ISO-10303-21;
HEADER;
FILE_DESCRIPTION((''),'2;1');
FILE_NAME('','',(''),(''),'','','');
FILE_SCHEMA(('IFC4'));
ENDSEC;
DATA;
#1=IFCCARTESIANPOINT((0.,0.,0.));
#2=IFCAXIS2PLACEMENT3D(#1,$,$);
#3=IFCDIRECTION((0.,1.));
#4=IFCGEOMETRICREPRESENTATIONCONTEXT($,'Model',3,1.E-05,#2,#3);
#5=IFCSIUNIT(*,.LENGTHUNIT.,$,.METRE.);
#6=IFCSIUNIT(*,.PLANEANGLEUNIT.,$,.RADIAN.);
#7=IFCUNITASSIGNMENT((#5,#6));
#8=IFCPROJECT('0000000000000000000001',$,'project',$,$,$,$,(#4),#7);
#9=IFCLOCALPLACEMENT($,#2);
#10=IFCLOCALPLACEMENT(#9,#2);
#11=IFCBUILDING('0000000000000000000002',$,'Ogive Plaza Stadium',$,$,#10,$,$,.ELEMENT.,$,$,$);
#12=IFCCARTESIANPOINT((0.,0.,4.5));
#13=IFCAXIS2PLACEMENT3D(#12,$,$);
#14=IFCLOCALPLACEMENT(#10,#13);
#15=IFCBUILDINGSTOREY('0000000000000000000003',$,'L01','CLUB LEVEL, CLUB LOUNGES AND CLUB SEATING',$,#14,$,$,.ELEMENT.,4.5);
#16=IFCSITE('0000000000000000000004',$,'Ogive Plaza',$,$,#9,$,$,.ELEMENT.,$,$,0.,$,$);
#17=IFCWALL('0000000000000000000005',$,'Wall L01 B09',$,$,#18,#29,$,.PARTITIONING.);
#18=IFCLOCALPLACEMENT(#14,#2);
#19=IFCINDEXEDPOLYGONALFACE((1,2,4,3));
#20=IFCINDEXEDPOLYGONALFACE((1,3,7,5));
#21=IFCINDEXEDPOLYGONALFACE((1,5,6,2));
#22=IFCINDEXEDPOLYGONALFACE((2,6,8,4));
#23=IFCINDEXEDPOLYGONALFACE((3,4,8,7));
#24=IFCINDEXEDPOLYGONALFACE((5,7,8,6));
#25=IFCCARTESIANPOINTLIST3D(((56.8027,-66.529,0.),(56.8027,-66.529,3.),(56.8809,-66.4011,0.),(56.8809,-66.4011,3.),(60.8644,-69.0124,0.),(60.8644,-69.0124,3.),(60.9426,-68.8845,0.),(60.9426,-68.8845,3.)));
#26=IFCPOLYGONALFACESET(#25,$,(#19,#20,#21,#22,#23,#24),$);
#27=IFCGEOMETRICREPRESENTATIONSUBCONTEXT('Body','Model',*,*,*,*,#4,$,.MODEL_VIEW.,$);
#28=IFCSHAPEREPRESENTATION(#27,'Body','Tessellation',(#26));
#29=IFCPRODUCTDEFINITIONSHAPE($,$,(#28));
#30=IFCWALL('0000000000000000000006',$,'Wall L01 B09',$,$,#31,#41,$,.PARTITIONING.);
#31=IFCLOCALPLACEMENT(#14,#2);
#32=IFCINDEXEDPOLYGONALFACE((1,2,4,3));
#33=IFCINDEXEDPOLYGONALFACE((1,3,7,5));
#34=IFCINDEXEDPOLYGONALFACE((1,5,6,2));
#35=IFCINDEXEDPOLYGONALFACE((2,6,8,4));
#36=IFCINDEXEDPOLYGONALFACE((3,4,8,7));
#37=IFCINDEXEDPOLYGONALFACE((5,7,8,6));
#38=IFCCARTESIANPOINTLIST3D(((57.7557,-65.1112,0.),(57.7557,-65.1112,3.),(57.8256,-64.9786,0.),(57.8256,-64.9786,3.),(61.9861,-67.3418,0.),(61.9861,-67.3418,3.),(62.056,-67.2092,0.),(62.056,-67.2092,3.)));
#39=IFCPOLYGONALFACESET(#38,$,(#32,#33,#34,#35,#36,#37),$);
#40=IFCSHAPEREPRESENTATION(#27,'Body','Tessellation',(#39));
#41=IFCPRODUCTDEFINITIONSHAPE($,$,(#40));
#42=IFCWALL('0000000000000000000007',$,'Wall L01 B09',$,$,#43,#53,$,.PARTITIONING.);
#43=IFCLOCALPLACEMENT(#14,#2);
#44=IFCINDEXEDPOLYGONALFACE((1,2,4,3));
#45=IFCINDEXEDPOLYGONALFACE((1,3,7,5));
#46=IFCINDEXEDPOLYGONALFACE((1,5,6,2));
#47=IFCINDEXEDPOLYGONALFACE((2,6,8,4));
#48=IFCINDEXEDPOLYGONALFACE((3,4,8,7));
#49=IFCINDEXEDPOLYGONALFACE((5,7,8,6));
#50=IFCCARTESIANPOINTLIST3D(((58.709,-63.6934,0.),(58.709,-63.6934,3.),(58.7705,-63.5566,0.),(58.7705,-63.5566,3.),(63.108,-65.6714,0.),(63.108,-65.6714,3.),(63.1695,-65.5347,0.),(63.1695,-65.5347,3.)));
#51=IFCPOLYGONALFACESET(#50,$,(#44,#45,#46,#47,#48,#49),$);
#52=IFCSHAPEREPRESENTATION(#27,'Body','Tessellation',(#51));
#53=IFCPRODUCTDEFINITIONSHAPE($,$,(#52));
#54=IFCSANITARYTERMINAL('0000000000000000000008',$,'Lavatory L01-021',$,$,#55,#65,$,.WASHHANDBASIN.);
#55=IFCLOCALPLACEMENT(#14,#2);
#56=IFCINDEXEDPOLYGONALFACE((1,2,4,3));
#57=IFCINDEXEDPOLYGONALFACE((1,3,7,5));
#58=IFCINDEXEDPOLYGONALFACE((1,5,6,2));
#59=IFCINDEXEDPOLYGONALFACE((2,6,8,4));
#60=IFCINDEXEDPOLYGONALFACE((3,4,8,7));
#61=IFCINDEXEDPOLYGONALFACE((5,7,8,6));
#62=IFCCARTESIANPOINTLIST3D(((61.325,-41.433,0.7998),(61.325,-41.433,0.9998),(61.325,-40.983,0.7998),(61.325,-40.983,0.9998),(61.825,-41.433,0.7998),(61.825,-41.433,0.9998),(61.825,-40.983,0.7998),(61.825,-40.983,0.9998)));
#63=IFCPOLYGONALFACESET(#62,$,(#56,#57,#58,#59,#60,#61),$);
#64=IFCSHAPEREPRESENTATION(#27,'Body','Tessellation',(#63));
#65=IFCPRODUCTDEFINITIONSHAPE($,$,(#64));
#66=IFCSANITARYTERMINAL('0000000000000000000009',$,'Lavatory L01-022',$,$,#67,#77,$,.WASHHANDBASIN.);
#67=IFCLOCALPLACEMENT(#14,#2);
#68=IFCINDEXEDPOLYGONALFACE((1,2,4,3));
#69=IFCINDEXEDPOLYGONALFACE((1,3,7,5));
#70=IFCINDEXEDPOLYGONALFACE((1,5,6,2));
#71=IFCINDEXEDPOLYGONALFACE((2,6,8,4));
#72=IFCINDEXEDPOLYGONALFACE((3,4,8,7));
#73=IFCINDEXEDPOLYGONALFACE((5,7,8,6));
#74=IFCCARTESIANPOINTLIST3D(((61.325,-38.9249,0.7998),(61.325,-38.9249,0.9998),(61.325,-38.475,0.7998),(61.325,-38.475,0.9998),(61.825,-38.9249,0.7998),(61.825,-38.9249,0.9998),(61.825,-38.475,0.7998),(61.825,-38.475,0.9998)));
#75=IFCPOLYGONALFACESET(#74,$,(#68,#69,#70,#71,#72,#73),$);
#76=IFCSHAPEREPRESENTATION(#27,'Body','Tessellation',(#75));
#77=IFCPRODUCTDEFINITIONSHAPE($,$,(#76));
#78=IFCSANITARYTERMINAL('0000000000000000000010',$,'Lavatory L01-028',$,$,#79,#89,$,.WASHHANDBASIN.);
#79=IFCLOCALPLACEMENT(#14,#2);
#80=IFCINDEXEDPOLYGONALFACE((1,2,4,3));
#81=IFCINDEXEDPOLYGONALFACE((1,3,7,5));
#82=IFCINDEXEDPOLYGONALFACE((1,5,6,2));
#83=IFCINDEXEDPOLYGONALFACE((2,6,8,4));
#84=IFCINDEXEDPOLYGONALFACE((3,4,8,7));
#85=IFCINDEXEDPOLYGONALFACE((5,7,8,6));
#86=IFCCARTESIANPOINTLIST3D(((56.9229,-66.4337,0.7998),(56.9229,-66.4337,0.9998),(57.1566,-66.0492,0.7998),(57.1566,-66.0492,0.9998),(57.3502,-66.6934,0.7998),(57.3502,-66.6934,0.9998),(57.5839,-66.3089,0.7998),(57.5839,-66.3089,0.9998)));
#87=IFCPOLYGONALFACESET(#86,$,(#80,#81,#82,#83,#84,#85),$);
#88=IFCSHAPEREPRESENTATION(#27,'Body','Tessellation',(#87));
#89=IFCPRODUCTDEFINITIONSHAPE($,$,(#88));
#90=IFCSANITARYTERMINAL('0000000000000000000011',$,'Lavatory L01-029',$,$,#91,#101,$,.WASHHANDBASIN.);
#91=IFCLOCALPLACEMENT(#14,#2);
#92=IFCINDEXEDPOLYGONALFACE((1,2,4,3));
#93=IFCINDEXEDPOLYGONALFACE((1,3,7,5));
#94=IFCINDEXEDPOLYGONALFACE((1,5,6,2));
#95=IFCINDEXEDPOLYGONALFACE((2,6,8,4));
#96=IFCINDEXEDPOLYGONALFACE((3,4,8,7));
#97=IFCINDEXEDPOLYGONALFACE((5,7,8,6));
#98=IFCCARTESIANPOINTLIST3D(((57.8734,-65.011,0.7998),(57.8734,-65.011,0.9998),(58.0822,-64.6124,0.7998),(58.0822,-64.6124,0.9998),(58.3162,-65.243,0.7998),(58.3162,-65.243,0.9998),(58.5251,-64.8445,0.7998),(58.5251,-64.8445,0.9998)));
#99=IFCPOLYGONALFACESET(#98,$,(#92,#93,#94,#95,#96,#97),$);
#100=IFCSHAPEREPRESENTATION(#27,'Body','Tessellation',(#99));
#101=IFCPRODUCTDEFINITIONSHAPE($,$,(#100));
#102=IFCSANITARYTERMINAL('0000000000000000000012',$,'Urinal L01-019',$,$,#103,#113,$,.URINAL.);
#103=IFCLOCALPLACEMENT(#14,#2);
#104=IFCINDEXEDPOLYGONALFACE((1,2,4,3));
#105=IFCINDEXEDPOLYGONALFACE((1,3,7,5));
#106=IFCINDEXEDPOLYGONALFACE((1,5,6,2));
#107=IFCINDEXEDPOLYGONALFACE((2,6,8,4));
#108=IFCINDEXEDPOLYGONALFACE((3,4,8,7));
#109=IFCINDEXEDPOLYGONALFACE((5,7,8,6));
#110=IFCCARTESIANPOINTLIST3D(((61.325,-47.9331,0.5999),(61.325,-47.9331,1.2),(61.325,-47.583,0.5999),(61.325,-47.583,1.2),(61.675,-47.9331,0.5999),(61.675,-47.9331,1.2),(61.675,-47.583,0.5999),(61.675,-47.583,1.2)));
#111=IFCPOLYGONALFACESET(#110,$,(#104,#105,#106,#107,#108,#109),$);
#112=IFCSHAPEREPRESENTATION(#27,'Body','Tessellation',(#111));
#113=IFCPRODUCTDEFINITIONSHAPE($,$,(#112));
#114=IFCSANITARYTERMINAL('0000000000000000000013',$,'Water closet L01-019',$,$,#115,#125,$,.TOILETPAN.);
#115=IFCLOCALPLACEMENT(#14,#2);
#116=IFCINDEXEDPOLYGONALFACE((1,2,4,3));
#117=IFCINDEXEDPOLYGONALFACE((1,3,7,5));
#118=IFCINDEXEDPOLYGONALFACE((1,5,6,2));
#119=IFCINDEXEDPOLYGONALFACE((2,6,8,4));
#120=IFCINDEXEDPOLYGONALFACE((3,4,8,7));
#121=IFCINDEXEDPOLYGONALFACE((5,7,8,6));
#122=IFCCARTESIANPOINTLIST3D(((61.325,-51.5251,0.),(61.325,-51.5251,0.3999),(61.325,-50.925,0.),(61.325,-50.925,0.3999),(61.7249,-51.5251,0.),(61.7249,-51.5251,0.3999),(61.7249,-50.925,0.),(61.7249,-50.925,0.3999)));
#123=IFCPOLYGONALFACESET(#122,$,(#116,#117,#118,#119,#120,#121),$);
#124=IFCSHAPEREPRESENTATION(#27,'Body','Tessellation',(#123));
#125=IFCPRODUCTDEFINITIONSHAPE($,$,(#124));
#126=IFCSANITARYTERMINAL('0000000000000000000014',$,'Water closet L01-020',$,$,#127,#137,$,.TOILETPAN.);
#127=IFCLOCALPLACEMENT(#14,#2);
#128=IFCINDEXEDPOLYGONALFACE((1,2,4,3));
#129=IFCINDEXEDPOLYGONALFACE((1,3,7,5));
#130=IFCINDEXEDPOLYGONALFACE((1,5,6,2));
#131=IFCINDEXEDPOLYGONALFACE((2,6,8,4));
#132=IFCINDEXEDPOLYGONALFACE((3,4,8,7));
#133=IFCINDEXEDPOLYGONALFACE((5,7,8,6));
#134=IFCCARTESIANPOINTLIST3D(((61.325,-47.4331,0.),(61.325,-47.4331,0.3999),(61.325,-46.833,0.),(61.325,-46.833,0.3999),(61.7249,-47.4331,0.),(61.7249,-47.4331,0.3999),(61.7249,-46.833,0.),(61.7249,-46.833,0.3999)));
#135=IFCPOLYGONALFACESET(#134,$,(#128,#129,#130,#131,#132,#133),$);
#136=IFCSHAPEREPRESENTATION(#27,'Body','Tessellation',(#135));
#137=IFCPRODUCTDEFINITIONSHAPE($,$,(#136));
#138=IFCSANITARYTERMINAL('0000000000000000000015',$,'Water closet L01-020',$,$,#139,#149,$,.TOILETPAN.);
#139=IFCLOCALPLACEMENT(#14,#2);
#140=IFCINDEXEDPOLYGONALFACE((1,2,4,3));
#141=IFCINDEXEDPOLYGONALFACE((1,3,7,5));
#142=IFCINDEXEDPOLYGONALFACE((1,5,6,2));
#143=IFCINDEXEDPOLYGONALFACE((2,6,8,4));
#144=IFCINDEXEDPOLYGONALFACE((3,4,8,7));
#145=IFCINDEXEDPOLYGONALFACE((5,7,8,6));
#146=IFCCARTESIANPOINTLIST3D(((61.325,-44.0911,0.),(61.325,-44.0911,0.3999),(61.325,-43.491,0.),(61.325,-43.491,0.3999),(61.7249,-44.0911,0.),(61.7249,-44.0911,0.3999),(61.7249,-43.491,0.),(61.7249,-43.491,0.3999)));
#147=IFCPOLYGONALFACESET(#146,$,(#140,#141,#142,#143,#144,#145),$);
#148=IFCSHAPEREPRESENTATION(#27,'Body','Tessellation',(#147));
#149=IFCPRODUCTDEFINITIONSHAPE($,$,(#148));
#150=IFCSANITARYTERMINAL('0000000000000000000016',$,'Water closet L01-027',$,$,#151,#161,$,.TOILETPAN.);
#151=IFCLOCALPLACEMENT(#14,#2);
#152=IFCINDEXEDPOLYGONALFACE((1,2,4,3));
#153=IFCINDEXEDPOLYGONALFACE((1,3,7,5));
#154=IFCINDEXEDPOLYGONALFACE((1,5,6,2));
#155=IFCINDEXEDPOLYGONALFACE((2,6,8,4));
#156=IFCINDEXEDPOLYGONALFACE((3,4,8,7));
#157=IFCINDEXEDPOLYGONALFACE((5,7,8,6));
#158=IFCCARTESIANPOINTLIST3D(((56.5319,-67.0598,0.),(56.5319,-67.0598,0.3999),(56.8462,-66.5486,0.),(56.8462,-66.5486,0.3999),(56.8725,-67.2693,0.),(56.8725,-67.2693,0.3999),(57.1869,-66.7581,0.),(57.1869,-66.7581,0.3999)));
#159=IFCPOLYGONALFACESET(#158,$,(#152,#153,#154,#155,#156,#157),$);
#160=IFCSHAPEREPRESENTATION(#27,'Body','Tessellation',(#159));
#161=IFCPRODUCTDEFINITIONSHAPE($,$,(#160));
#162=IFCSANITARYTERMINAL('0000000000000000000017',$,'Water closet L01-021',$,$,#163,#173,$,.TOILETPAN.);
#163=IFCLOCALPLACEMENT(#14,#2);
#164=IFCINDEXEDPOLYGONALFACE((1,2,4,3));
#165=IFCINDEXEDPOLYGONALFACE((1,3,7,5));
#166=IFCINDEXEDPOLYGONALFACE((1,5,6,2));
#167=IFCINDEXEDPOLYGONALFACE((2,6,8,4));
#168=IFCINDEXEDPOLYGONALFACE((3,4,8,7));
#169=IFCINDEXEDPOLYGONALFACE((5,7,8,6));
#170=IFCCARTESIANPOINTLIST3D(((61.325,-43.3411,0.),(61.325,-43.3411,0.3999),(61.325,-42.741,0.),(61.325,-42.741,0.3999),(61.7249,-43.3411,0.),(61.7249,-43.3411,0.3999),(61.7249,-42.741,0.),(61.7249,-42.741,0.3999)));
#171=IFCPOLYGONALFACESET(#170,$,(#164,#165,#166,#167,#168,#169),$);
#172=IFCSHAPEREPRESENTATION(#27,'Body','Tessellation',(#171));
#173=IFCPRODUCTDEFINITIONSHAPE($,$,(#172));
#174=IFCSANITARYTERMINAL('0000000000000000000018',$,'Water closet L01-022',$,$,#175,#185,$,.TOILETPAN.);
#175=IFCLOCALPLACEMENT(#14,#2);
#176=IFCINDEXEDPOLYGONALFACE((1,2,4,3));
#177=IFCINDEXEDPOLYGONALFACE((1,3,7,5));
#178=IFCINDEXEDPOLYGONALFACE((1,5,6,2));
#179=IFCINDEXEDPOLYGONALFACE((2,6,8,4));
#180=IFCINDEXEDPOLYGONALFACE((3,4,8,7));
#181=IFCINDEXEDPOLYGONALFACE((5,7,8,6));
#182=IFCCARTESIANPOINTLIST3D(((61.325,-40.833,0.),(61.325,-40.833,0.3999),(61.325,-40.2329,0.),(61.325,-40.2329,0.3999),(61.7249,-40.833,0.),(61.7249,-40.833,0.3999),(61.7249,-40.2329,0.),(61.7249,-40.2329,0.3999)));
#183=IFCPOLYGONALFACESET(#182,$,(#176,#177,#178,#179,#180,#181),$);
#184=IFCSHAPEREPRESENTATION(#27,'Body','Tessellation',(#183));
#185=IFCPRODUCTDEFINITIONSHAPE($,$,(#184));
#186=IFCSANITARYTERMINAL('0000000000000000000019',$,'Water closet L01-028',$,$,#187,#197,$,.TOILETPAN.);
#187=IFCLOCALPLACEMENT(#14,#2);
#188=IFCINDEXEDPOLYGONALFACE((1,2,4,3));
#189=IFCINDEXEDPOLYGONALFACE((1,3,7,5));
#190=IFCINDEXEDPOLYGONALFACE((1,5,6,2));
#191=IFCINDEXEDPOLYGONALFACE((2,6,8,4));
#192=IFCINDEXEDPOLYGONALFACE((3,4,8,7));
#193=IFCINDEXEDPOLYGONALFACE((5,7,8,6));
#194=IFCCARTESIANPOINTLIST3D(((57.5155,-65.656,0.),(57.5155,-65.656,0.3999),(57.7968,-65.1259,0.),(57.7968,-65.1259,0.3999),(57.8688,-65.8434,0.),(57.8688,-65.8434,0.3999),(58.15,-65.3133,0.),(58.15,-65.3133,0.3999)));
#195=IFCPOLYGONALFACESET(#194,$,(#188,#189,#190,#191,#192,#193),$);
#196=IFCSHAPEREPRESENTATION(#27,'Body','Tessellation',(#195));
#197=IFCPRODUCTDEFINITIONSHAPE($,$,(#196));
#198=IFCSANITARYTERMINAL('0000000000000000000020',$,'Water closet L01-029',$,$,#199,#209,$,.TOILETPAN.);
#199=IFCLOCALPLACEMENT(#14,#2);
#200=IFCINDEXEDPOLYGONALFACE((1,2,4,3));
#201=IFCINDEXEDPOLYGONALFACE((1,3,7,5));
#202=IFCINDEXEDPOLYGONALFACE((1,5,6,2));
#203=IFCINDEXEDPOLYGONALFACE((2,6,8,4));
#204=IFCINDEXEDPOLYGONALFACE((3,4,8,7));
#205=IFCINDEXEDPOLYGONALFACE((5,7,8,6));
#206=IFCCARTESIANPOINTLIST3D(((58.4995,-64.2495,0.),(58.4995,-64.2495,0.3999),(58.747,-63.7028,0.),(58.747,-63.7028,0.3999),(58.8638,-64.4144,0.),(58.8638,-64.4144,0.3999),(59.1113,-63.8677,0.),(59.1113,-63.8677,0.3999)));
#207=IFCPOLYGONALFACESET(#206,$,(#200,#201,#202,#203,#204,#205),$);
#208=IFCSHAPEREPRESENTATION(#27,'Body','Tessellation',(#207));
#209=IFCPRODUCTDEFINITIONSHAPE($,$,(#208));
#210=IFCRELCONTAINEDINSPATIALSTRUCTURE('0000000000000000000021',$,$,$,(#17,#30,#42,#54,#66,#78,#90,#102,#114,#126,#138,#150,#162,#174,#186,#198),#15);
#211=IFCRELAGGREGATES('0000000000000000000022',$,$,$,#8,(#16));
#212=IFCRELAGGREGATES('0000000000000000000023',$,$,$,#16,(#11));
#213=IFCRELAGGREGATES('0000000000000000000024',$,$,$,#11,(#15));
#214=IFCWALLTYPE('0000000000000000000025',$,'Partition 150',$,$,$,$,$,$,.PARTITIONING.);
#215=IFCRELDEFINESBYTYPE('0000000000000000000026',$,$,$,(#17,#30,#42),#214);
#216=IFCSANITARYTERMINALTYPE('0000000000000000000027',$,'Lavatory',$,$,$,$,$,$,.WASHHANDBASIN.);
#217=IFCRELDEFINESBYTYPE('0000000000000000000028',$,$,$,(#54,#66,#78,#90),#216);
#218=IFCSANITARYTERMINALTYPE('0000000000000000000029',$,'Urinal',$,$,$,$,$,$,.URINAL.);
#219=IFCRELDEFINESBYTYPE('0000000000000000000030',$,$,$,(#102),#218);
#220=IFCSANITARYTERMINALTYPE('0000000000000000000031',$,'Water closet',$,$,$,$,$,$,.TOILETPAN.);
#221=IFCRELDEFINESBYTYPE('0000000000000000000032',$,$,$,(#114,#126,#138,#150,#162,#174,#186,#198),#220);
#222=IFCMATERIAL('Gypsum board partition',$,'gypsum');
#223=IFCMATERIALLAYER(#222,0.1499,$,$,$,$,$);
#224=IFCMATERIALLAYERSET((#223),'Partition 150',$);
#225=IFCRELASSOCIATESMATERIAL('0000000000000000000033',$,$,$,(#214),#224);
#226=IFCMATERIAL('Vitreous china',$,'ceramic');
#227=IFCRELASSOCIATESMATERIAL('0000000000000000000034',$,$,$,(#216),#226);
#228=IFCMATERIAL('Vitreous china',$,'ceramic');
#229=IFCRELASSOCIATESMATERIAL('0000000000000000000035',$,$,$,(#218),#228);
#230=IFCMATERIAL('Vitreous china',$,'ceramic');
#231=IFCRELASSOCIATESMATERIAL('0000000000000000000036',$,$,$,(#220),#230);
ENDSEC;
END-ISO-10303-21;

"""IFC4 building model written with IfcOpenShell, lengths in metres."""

from ifc_helpers import new_model, si_unit, direction, frame, frame_2d, origin, origin_2d, place, context, subcontext, project, spatial, rectangle, extrude, material, layer, layer_set, type_object, element, save


model = new_model("IFC4")

# Units and contexts
model_context = context("Model", 3, precision=1e-05, world=origin(), true_north=direction((0.0, 1.0)))
body_context = subcontext(model_context, "Body", "Model", "MODEL_VIEW")
ifc_project = project(units=[si_unit("LENGTHUNIT", "METRE"), si_unit("PLANEANGLEUNIT", "RADIAN")], contexts=[model_context])

# Site, building, storey
site_placement = place(None, origin())
site = spatial("IfcSite", under=ifc_project, at=site_placement, Name="Ogive Plaza", CompositionType="ELEMENT", RefElevation=0.0)
building_placement = place(site_placement, origin())
building = spatial("IfcBuilding", under=site, at=building_placement, Name="Ogive Plaza Stadium", CompositionType="ELEMENT")
storey_placement = place(building_placement, frame((0.0, 0.0, 4.5)))
storey = spatial("IfcBuildingStorey", under=building, at=storey_placement, Name="L01", Description="CLUB LEVEL, CLUB LOUNGES AND CLUB SEATING", CompositionType="ELEMENT", Elevation=4.5)

# Walls
ifc_material_1 = material(Name="Gypsum board partition", Category="gypsum")
ifc_layer_1 = layer(ifc_material_1, 0.1499)
ifc_layer_set_1 = layer_set([ifc_layer_1], Name="Partition 150")
wall_type_1 = type_object("IfcWallType", Name="Partition 150", PredefinedType="PARTITIONING", material=ifc_layer_set_1)
wall_1_placement = place(storey_placement, frame((56.8418, -66.4651, 0.0), z_axis=(0.0, 0.0, 1.0), x_axis=(0.853169, -0.521635, 0.0)))
element("IfcWall", 1, at=wall_1_placement, inside=storey, type_object=wall_type_1, Name="Wall L01 B09", PredefinedType="PARTITIONING", context=body_context, shape_type="SweptSolid", body=[
    extrude(rectangle(XDim=4.7607, YDim=0.1499, at=frame_2d((2.3804, 0.0))), origin(), (0.0, 0.0, 1.0), 3.0),
])
wall_2_placement = place(storey_placement, frame((57.7908, -65.0449, 0.0), z_axis=(0.0, 0.0, 1.0), x_axis=(0.88456, -0.466426, 0.0)))
element("IfcWall", 2, at=wall_2_placement, inside=storey, type_object=wall_type_1, Name="Wall L01 B09", PredefinedType="PARTITIONING", context=body_context, shape_type="SweptSolid", body=[
    extrude(rectangle(XDim=4.7825, YDim=0.1499, at=frame_2d((2.3911, 0.0))), origin(), (0.0, 0.0, 1.0), 3.0),
])
wall_3_placement = place(storey_placement, frame((58.7397, -63.625, 0.0), z_axis=(0.0, 0.0, 1.0), x_axis=(0.912037, -0.410108, 0.0)))
element("IfcWall", 3, at=wall_3_placement, inside=storey, type_object=wall_type_1, Name="Wall L01 B09", PredefinedType="PARTITIONING", context=body_context, shape_type="SweptSolid", body=[
    extrude(rectangle(XDim=4.8232, YDim=0.1499, at=frame_2d((2.4116, 0.0))), origin(), (0.0, 0.0, 1.0), 3.0),
])

# Sanitary terminals
ifc_material_2 = material(Name="Vitreous china", Category="ceramic")
sanitary_terminal_type_1 = type_object("IfcSanitaryTerminalType", Name="Lavatory", PredefinedType="WASHHANDBASIN", material=ifc_material_2)
for number, where, z_axis, x_axis, name in (
    (4, (61.575, -41.208, 0.7998), (0.0, 0.0, 1.0), (1.0, 0.0, 0.0), "Lavatory L01-021"),
    (5, (61.575, -38.7, 0.7998), (0.0, 0.0, 1.0), (1.0, 0.0, 0.0), "Lavatory L01-022"),
    (6, (57.2534, -66.3713, 0.7998), (0.0, 0.0, 1.0), (0.854517, -0.519424, 0.0), "Lavatory L01-028"),
    (7, (58.1992, -64.9277, 0.7998), (0.0, 0.0, 1.0), (0.885741, -0.464179, 0.0), "Lavatory L01-029"),
):
    element("IfcSanitaryTerminal", number, at=place(storey_placement, frame(where, z_axis=z_axis, x_axis=x_axis)), inside=storey, type_object=sanitary_terminal_type_1, Name=name, PredefinedType="WASHHANDBASIN", context=body_context, shape_type="SweptSolid", body=[
        extrude(rectangle(XDim=0.5, YDim=0.45, at=origin_2d()), origin(), (0.0, 0.0, 1.0), 0.2),
    ])
ifc_material_3 = material(Name="Vitreous china", Category="ceramic")
sanitary_terminal_type_2 = type_object("IfcSanitaryTerminalType", Name="Urinal", PredefinedType="URINAL", material=ifc_material_3)
sanitary_terminal_placement = place(storey_placement, frame((61.5, -47.7581, 0.5999), z_axis=(0.0, 0.0, 1.0), x_axis=(1.0, 0.0, 0.0)))
element("IfcSanitaryTerminal", 8, at=sanitary_terminal_placement, inside=storey, type_object=sanitary_terminal_type_2, Name="Urinal L01-019", PredefinedType="URINAL", context=body_context, shape_type="SweptSolid", body=[
    extrude(rectangle(XDim=0.3501, YDim=0.3501, at=origin_2d()), origin(), (0.0, 0.0, 1.0), 0.6001),
])
ifc_material_4 = material(Name="Vitreous china", Category="ceramic")
sanitary_terminal_type_3 = type_object("IfcSanitaryTerminalType", Name="Water closet", PredefinedType="TOILETPAN", material=ifc_material_4)
for number, where, z_axis, x_axis, name in (
    (9, (61.5249, -51.2251, 0.0), (0.0, 0.0, 1.0), (1.0, 0.0, 0.0), "Water closet L01-019"),
    (10, (61.5249, -47.1331, 0.0), (0.0, 0.0, 1.0), (1.0, 0.0, 0.0), "Water closet L01-020"),
    (11, (61.5249, -43.791, 0.0), (0.0, 0.0, 1.0), (1.0, 0.0, 0.0), "Water closet L01-020"),
    (12, (56.8594, -66.9089, 0.0), (0.0, 0.0, 1.0), (0.851835, -0.52381, 0.0), "Water closet L01-027"),
    (13, (61.5249, -43.041, 0.0), (0.0, 0.0, 1.0), (1.0, 0.0, 0.0), "Water closet L01-021"),
    (14, (61.5249, -40.533, 0.0), (0.0, 0.0, 1.0), (1.0, 0.0, 0.0), "Water closet L01-022"),
    (15, (57.8328, -65.4846, 0.0), (0.0, 0.0, 1.0), (0.883366, -0.468684, 0.0), "Water closet L01-028"),
    (16, (58.8054, -64.0586, 0.0), (0.0, 0.0, 1.0), (0.911001, -0.412405, 0.0), "Water closet L01-029"),
):
    element("IfcSanitaryTerminal", number, at=place(storey_placement, frame(where, z_axis=z_axis, x_axis=x_axis)), inside=storey, type_object=sanitary_terminal_type_3, Name=name, PredefinedType="TOILETPAN", context=body_context, shape_type="SweptSolid", body=[
        extrude(rectangle(XDim=0.3999, YDim=0.6001, at=origin_2d()), origin(), (0.0, 0.0, 1.0), 0.3999),
    ])

save(model, "model.ifc")
